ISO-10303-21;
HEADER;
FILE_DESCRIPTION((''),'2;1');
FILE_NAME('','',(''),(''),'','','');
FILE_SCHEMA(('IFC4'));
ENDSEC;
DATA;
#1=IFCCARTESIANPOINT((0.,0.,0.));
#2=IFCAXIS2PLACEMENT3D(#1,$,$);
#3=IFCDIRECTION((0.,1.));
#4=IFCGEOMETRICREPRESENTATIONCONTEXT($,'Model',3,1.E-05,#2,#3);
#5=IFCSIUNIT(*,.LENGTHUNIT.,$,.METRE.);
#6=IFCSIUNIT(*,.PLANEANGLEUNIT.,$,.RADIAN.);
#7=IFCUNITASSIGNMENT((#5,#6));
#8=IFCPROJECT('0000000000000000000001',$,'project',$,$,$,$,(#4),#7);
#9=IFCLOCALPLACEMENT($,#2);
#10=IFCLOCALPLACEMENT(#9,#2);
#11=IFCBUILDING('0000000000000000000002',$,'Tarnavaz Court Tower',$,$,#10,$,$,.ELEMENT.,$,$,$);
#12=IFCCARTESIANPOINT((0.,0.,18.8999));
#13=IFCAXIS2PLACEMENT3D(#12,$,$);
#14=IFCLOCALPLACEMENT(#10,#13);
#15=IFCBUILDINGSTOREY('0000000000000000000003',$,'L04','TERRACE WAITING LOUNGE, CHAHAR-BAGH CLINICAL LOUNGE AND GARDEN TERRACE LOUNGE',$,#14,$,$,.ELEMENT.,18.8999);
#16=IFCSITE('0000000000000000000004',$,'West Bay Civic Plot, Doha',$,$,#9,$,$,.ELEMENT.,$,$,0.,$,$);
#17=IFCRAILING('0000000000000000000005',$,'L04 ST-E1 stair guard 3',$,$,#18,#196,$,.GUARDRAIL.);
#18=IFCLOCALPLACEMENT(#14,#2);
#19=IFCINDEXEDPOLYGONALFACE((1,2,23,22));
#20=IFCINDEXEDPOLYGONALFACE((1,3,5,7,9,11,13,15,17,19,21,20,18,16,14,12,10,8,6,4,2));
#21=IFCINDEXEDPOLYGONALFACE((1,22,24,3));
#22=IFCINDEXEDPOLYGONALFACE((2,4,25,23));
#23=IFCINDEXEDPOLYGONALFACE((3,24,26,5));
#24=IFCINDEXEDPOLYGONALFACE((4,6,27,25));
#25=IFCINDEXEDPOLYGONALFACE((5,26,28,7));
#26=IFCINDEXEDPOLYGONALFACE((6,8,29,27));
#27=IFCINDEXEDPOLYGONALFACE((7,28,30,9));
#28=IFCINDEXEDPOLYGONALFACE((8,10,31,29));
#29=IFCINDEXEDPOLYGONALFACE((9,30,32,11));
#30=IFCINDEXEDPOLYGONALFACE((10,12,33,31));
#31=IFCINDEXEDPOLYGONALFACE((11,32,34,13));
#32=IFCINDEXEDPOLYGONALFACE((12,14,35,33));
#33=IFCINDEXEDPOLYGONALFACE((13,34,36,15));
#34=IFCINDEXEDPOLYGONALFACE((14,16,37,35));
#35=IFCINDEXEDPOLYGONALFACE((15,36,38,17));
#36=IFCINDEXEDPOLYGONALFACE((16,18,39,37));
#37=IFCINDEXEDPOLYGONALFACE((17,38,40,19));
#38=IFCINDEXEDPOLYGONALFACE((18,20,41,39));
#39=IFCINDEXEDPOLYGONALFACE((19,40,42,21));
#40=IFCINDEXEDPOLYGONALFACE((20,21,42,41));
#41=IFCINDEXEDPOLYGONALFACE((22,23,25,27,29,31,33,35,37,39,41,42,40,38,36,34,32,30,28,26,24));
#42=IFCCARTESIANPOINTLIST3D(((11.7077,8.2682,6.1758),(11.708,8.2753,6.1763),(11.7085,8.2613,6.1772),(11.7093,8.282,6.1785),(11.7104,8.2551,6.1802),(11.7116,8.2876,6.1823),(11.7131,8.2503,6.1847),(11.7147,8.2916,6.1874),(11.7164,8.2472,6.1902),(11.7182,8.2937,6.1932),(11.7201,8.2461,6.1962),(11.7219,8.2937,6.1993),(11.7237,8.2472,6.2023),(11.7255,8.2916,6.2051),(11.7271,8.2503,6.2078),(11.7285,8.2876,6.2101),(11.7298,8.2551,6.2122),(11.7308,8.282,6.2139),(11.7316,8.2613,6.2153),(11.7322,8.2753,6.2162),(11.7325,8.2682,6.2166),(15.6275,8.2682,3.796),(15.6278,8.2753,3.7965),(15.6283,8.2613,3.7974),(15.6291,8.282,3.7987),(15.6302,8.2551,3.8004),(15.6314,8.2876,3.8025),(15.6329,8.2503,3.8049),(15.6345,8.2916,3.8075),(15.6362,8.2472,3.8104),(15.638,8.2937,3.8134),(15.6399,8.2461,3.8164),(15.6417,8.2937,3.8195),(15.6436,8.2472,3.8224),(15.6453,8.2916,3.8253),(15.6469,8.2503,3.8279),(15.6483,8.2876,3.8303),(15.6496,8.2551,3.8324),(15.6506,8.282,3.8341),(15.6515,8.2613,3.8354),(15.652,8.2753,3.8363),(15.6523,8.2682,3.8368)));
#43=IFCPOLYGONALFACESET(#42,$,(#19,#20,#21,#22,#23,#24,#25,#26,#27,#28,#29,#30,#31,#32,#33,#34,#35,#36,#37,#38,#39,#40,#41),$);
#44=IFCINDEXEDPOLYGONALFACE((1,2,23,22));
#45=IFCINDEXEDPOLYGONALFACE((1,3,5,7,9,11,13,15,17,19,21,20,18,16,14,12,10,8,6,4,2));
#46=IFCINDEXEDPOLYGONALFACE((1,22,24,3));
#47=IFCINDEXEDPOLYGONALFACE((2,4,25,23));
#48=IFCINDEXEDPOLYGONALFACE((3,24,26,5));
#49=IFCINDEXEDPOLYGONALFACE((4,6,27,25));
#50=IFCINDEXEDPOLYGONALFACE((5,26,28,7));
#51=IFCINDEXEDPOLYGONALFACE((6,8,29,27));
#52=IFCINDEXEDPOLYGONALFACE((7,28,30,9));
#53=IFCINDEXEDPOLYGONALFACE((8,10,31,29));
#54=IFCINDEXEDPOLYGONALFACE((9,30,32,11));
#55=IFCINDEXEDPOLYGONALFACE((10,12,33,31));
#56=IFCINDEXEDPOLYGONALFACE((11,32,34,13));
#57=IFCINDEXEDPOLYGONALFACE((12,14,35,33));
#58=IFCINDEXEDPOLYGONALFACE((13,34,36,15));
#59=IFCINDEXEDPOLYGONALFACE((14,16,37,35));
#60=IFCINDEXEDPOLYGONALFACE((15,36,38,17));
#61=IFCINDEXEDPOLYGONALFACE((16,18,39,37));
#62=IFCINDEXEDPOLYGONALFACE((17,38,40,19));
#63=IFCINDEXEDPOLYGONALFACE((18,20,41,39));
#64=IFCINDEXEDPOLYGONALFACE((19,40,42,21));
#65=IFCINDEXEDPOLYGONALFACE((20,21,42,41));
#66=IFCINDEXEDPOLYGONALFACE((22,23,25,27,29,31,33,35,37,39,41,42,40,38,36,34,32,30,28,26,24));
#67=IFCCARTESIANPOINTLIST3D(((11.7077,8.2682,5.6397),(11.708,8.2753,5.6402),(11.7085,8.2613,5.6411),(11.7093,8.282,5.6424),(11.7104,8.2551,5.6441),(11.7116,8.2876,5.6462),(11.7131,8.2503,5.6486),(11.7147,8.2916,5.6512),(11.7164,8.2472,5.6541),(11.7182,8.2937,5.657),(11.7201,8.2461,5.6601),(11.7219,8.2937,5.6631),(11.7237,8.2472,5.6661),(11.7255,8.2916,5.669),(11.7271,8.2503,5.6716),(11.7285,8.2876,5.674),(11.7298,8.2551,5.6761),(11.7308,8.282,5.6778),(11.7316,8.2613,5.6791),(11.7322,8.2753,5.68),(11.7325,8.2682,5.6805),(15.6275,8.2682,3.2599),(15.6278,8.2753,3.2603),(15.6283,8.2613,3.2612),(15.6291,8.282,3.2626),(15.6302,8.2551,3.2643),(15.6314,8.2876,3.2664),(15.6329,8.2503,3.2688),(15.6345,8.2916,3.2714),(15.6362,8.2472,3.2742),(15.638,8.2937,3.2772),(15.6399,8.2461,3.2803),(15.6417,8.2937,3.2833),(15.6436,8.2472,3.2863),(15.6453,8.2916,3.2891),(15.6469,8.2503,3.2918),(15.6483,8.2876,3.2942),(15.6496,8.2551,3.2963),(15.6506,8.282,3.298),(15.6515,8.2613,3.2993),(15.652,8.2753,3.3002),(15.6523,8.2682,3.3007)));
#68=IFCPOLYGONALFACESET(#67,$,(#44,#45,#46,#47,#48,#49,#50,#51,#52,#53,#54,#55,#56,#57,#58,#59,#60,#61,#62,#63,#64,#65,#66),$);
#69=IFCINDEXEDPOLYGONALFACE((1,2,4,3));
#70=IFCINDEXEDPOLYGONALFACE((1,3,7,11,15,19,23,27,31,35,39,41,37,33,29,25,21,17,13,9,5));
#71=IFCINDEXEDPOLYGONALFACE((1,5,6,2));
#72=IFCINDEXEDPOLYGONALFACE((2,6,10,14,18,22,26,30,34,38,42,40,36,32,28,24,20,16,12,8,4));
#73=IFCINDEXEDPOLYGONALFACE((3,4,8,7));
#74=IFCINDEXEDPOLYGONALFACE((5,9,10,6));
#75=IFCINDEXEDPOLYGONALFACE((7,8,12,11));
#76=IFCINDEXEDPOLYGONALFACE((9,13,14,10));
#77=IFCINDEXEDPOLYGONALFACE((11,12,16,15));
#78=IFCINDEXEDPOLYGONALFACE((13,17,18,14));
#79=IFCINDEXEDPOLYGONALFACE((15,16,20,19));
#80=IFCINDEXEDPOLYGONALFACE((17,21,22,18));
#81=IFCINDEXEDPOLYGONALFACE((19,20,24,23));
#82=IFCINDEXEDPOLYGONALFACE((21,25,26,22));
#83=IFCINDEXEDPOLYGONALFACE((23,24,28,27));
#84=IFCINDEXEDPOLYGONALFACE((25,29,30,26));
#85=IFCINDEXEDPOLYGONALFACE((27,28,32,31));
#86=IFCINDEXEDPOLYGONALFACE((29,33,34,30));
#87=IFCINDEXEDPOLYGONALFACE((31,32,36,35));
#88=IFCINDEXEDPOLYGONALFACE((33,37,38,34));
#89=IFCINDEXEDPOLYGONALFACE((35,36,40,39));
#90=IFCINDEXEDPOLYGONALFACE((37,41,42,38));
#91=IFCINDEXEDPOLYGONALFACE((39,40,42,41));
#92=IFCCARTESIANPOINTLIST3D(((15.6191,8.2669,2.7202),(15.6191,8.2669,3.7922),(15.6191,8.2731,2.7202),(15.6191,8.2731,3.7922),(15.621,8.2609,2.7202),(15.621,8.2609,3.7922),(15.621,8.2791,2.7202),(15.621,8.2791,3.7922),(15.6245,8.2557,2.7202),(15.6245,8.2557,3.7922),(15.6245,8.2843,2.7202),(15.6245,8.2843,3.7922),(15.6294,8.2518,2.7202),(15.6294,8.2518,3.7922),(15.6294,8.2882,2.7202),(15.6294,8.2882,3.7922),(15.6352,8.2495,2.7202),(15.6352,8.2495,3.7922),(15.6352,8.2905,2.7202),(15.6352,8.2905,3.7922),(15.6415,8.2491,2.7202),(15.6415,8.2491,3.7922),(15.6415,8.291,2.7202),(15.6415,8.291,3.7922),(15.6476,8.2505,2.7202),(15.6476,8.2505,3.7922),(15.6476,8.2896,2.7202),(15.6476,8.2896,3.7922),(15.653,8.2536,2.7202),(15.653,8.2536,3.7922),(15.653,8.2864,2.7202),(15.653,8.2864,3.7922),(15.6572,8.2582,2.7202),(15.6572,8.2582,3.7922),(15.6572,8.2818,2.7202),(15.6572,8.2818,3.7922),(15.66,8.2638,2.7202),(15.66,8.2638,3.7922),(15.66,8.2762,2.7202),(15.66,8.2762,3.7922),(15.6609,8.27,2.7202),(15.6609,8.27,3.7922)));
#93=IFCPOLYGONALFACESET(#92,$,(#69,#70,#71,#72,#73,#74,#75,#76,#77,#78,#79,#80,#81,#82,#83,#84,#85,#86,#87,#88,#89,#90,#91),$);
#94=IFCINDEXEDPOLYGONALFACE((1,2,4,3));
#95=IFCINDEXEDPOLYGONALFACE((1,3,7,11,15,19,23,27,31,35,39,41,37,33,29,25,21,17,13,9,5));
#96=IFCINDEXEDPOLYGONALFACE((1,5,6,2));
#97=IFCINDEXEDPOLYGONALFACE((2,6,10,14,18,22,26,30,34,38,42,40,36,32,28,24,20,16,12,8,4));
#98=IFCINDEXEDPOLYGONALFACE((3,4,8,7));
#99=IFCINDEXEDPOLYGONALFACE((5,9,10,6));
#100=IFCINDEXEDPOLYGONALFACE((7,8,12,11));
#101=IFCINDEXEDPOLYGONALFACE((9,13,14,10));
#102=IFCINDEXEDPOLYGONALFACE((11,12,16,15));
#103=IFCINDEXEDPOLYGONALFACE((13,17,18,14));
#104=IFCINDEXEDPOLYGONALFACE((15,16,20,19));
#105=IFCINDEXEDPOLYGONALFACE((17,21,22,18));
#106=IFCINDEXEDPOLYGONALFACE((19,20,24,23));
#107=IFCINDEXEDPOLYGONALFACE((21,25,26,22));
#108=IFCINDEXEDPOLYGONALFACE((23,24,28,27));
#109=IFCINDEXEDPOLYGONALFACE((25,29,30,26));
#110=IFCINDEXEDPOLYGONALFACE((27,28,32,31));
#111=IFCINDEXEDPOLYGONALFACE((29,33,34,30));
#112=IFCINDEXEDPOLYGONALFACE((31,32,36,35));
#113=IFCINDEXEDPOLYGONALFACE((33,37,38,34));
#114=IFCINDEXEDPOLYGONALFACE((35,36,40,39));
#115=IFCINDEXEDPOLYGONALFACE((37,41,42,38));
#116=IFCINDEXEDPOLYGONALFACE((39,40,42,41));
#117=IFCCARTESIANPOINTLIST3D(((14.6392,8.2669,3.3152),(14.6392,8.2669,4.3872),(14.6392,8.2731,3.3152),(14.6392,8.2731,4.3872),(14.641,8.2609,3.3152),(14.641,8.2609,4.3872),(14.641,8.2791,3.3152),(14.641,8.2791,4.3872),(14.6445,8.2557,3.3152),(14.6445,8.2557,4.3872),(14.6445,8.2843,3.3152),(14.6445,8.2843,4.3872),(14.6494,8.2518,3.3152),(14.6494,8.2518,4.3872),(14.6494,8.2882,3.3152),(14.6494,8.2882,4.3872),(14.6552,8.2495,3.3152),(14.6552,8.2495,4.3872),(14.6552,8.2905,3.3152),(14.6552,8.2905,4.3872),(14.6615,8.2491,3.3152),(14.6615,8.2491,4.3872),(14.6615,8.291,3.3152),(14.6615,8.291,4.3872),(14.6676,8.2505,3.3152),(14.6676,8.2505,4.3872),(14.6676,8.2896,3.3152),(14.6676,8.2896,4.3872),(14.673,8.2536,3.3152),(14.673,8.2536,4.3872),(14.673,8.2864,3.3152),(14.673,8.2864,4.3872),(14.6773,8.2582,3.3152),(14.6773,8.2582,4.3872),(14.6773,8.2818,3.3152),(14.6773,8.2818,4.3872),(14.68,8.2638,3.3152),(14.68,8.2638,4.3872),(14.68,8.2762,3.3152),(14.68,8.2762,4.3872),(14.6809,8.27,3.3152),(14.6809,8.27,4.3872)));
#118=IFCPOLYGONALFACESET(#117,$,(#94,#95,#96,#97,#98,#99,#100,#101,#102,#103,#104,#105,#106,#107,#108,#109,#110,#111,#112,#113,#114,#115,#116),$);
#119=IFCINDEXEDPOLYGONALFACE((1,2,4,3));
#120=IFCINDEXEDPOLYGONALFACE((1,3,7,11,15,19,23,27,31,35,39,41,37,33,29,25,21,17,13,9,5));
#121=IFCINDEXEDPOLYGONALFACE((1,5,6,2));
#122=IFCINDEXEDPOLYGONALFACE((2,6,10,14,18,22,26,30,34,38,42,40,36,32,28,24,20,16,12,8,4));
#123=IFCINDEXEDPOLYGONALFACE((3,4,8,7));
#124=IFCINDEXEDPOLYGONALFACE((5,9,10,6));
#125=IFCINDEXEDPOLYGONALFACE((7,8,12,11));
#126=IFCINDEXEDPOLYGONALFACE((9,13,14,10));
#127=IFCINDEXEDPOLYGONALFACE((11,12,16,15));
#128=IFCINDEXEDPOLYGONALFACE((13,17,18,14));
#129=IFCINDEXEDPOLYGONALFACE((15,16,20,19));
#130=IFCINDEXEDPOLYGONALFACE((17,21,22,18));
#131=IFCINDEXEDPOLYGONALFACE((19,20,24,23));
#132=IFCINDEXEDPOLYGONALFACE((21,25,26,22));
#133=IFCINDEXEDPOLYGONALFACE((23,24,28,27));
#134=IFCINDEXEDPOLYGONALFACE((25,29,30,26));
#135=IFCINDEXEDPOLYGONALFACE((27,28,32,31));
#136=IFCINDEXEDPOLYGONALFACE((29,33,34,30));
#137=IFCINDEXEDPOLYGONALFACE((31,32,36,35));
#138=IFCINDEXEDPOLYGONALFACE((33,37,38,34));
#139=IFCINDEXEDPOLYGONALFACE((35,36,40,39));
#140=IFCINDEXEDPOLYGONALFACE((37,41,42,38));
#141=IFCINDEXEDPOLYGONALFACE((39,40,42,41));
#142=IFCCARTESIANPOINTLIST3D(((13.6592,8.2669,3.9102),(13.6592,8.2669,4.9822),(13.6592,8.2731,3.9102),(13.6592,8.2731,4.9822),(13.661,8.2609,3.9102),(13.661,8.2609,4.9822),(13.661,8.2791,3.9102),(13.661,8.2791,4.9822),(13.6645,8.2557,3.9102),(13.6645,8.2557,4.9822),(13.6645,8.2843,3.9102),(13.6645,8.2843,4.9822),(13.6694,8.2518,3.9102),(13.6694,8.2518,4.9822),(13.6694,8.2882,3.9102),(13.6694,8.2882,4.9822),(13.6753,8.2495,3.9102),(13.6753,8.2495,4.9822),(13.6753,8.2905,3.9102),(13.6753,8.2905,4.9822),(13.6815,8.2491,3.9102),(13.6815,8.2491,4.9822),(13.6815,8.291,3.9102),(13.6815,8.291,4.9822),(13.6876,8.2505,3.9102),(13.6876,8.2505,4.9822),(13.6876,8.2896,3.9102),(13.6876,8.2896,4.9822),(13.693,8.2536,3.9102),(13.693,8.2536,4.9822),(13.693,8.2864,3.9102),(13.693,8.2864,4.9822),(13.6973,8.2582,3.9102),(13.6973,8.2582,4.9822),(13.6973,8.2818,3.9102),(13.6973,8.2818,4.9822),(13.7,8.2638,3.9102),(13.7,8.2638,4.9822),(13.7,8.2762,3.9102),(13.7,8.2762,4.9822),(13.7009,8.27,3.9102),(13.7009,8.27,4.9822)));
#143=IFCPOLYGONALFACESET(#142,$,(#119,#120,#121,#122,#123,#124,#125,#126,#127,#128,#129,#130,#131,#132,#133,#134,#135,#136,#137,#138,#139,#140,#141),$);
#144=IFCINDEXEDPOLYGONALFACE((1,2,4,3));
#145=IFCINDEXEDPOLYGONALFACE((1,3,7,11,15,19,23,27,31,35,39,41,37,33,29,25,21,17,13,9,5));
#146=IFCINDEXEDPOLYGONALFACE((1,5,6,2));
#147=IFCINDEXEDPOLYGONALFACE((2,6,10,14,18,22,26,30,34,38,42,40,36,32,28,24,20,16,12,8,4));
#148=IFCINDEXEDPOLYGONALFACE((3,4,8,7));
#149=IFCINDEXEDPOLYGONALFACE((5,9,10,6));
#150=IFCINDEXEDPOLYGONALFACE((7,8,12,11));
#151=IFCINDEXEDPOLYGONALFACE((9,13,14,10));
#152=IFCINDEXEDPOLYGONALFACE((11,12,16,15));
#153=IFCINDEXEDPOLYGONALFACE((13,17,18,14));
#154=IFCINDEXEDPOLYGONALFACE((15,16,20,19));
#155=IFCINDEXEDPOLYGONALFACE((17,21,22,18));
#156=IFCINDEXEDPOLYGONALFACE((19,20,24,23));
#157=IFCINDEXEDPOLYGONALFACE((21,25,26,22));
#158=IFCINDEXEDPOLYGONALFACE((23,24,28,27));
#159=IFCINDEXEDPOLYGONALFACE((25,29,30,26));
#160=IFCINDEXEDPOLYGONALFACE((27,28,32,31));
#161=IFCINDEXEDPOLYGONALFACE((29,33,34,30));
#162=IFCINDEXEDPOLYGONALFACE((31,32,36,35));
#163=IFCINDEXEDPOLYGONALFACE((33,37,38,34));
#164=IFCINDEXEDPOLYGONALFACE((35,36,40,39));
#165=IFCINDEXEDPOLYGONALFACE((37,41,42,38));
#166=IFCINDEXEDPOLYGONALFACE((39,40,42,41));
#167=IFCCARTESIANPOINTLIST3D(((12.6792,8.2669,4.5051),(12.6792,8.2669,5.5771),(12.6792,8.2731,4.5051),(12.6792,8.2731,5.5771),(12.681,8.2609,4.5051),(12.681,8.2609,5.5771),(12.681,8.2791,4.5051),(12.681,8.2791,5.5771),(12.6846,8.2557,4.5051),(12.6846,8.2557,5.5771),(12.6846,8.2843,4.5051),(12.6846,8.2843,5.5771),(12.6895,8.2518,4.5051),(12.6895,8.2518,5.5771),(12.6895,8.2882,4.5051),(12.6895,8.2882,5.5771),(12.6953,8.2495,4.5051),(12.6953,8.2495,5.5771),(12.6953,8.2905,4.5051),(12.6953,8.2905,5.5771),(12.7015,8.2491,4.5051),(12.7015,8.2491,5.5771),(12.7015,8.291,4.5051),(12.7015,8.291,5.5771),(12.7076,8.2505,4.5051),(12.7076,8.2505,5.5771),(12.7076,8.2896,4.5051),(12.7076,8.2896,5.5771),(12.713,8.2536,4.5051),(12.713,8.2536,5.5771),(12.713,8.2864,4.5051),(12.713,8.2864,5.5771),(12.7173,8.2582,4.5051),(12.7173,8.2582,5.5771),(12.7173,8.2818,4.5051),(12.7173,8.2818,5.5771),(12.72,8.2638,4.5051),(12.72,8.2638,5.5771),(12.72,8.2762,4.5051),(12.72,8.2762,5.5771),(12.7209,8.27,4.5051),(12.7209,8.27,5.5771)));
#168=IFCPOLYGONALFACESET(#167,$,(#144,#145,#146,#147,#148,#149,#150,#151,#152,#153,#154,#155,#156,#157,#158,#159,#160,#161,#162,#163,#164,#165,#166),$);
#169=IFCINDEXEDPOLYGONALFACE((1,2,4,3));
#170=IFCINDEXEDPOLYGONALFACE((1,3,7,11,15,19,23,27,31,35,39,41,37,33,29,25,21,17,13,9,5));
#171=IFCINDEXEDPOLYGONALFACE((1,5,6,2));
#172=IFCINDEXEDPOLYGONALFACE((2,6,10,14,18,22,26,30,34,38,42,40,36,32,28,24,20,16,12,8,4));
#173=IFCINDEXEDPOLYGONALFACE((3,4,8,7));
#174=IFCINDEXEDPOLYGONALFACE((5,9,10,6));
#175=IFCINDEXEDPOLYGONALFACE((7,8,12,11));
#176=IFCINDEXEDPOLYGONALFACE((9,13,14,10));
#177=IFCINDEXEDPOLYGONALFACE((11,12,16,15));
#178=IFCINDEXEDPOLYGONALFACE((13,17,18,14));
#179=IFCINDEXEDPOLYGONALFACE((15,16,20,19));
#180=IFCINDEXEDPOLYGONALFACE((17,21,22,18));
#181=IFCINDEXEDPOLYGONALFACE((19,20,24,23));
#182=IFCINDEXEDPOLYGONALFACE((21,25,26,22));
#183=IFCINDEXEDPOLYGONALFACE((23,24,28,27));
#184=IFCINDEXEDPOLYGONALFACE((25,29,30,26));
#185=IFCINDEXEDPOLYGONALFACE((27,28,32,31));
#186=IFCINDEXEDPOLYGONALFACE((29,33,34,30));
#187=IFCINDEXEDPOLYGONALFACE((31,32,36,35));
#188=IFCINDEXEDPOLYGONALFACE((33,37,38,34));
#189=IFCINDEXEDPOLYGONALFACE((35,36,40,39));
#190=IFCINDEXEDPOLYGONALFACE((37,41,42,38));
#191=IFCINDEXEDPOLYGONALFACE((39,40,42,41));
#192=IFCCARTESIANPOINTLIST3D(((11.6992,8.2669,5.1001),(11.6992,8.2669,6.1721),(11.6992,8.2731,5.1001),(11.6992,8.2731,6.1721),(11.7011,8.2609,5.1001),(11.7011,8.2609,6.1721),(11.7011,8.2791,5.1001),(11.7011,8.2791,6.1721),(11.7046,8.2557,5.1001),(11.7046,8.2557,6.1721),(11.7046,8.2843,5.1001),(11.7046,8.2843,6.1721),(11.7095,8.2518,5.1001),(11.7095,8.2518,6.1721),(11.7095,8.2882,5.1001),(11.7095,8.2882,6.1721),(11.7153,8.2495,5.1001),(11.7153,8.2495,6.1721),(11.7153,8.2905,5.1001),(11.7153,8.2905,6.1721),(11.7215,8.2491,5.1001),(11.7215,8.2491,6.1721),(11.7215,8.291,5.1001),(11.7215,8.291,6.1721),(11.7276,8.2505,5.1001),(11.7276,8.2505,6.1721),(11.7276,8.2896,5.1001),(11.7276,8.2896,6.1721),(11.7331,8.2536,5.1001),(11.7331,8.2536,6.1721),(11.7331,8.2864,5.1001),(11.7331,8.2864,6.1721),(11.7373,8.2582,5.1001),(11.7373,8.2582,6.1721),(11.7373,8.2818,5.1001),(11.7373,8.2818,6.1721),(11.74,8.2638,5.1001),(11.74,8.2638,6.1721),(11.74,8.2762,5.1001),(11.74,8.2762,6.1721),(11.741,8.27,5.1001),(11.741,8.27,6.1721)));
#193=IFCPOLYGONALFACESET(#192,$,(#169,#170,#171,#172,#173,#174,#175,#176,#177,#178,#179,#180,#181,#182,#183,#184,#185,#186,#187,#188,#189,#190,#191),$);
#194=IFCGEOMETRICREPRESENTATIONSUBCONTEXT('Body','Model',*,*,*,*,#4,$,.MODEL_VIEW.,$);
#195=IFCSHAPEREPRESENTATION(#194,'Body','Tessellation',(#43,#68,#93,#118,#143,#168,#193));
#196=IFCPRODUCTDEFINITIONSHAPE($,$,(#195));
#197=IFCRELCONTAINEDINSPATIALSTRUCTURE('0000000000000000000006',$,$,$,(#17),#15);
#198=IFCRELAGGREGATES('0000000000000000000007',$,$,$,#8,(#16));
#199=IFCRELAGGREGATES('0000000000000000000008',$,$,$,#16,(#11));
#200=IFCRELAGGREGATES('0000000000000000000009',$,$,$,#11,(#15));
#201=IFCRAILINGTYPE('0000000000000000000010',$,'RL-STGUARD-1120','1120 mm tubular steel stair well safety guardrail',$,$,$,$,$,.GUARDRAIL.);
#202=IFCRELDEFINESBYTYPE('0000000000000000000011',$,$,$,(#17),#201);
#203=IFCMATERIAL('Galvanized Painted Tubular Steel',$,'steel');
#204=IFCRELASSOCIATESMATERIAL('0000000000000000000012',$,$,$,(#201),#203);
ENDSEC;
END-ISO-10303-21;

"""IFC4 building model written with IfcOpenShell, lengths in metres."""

from ifc_helpers import new_model, si_unit, direction, frame, origin, origin_2d, place, context, subcontext, project, spatial, circle, extrude, material, type_object, element, save


model = new_model("IFC4")

# Units and contexts
model_context = context("Model", 3, precision=1e-05, world=origin(), true_north=direction((0.0, 1.0)))
body_context = subcontext(model_context, "Body", "Model", "MODEL_VIEW")
ifc_project = project(units=[si_unit("LENGTHUNIT", "METRE"), si_unit("PLANEANGLEUNIT", "RADIAN")], contexts=[model_context])

# Site, building, storey
site_placement = place(None, origin())
site = spatial("IfcSite", under=ifc_project, at=site_placement, Name="West Bay Civic Plot, Doha", CompositionType="ELEMENT", RefElevation=0.0)
building_placement = place(site_placement, origin())
building = spatial("IfcBuilding", under=site, at=building_placement, Name="Tarnavaz Court Tower", CompositionType="ELEMENT")
storey_placement = place(building_placement, frame((0.0, 0.0, 18.8999)))
storey = spatial("IfcBuildingStorey", under=building, at=storey_placement, Name="L04", Description="TERRACE WAITING LOUNGE, CHAHAR-BAGH CLINICAL LOUNGE AND GARDEN TERRACE LOUNGE", CompositionType="ELEMENT", Elevation=18.8999)

# Railing
ifc_material_1 = material(Name="Galvanized Painted Tubular Steel", Category="steel")
railing_type_1 = type_object("IfcRailingType", Name="RL-STGUARD-1120", Description="1120 mm tubular steel stair well safety guardrail", PredefinedType="GUARDRAIL", material=ifc_material_1)
railing_1_placement = place(storey_placement, frame((15.6399, 8.27, 2.7202)))
element("IfcRailing", 1, at=railing_1_placement, inside=storey, type_object=railing_type_1, Name="L04 ST-E1 stair guard 3", PredefinedType="GUARDRAIL", context=body_context, shape_type="SweptSolid", body=[
    extrude(circle(Radius=0.0239, at=origin_2d()), frame((0.0, 0.0, 1.0962), z_axis=(-0.854794, 0.0, 0.518967), x_axis=(0.0, -1.0, 0.0)), (0.0, 0.0, 1.0), 4.5857),
    extrude(circle(Radius=0.0239, at=origin_2d()), frame((0.0, 0.0, 0.5601), z_axis=(-0.854794, 0.0, 0.518967), x_axis=(0.0, -1.0, 0.0)), (0.0, 0.0, 1.0), 4.5857),
    extrude(circle(Radius=0.021, at=origin_2d()), origin(), (0.0, 0.0, 1.0), 1.072),
    extrude(circle(Radius=0.021, at=origin_2d()), frame((-0.98, 0.0, 0.595)), (0.0, 0.0, 1.0), 1.072),
    extrude(circle(Radius=0.021, at=origin_2d()), frame((-1.96, 0.0, 1.1899)), (0.0, 0.0, 1.0), 1.072),
    extrude(circle(Radius=0.021, at=origin_2d()), frame((-2.9399, 0.0, 1.7849)), (0.0, 0.0, 1.0), 1.072),
    extrude(circle(Radius=0.021, at=origin_2d()), frame((-3.9199, 0.0, 2.3799)), (0.0, 0.0, 1.0), 1.072),
])

save(model, "model.ifc")
